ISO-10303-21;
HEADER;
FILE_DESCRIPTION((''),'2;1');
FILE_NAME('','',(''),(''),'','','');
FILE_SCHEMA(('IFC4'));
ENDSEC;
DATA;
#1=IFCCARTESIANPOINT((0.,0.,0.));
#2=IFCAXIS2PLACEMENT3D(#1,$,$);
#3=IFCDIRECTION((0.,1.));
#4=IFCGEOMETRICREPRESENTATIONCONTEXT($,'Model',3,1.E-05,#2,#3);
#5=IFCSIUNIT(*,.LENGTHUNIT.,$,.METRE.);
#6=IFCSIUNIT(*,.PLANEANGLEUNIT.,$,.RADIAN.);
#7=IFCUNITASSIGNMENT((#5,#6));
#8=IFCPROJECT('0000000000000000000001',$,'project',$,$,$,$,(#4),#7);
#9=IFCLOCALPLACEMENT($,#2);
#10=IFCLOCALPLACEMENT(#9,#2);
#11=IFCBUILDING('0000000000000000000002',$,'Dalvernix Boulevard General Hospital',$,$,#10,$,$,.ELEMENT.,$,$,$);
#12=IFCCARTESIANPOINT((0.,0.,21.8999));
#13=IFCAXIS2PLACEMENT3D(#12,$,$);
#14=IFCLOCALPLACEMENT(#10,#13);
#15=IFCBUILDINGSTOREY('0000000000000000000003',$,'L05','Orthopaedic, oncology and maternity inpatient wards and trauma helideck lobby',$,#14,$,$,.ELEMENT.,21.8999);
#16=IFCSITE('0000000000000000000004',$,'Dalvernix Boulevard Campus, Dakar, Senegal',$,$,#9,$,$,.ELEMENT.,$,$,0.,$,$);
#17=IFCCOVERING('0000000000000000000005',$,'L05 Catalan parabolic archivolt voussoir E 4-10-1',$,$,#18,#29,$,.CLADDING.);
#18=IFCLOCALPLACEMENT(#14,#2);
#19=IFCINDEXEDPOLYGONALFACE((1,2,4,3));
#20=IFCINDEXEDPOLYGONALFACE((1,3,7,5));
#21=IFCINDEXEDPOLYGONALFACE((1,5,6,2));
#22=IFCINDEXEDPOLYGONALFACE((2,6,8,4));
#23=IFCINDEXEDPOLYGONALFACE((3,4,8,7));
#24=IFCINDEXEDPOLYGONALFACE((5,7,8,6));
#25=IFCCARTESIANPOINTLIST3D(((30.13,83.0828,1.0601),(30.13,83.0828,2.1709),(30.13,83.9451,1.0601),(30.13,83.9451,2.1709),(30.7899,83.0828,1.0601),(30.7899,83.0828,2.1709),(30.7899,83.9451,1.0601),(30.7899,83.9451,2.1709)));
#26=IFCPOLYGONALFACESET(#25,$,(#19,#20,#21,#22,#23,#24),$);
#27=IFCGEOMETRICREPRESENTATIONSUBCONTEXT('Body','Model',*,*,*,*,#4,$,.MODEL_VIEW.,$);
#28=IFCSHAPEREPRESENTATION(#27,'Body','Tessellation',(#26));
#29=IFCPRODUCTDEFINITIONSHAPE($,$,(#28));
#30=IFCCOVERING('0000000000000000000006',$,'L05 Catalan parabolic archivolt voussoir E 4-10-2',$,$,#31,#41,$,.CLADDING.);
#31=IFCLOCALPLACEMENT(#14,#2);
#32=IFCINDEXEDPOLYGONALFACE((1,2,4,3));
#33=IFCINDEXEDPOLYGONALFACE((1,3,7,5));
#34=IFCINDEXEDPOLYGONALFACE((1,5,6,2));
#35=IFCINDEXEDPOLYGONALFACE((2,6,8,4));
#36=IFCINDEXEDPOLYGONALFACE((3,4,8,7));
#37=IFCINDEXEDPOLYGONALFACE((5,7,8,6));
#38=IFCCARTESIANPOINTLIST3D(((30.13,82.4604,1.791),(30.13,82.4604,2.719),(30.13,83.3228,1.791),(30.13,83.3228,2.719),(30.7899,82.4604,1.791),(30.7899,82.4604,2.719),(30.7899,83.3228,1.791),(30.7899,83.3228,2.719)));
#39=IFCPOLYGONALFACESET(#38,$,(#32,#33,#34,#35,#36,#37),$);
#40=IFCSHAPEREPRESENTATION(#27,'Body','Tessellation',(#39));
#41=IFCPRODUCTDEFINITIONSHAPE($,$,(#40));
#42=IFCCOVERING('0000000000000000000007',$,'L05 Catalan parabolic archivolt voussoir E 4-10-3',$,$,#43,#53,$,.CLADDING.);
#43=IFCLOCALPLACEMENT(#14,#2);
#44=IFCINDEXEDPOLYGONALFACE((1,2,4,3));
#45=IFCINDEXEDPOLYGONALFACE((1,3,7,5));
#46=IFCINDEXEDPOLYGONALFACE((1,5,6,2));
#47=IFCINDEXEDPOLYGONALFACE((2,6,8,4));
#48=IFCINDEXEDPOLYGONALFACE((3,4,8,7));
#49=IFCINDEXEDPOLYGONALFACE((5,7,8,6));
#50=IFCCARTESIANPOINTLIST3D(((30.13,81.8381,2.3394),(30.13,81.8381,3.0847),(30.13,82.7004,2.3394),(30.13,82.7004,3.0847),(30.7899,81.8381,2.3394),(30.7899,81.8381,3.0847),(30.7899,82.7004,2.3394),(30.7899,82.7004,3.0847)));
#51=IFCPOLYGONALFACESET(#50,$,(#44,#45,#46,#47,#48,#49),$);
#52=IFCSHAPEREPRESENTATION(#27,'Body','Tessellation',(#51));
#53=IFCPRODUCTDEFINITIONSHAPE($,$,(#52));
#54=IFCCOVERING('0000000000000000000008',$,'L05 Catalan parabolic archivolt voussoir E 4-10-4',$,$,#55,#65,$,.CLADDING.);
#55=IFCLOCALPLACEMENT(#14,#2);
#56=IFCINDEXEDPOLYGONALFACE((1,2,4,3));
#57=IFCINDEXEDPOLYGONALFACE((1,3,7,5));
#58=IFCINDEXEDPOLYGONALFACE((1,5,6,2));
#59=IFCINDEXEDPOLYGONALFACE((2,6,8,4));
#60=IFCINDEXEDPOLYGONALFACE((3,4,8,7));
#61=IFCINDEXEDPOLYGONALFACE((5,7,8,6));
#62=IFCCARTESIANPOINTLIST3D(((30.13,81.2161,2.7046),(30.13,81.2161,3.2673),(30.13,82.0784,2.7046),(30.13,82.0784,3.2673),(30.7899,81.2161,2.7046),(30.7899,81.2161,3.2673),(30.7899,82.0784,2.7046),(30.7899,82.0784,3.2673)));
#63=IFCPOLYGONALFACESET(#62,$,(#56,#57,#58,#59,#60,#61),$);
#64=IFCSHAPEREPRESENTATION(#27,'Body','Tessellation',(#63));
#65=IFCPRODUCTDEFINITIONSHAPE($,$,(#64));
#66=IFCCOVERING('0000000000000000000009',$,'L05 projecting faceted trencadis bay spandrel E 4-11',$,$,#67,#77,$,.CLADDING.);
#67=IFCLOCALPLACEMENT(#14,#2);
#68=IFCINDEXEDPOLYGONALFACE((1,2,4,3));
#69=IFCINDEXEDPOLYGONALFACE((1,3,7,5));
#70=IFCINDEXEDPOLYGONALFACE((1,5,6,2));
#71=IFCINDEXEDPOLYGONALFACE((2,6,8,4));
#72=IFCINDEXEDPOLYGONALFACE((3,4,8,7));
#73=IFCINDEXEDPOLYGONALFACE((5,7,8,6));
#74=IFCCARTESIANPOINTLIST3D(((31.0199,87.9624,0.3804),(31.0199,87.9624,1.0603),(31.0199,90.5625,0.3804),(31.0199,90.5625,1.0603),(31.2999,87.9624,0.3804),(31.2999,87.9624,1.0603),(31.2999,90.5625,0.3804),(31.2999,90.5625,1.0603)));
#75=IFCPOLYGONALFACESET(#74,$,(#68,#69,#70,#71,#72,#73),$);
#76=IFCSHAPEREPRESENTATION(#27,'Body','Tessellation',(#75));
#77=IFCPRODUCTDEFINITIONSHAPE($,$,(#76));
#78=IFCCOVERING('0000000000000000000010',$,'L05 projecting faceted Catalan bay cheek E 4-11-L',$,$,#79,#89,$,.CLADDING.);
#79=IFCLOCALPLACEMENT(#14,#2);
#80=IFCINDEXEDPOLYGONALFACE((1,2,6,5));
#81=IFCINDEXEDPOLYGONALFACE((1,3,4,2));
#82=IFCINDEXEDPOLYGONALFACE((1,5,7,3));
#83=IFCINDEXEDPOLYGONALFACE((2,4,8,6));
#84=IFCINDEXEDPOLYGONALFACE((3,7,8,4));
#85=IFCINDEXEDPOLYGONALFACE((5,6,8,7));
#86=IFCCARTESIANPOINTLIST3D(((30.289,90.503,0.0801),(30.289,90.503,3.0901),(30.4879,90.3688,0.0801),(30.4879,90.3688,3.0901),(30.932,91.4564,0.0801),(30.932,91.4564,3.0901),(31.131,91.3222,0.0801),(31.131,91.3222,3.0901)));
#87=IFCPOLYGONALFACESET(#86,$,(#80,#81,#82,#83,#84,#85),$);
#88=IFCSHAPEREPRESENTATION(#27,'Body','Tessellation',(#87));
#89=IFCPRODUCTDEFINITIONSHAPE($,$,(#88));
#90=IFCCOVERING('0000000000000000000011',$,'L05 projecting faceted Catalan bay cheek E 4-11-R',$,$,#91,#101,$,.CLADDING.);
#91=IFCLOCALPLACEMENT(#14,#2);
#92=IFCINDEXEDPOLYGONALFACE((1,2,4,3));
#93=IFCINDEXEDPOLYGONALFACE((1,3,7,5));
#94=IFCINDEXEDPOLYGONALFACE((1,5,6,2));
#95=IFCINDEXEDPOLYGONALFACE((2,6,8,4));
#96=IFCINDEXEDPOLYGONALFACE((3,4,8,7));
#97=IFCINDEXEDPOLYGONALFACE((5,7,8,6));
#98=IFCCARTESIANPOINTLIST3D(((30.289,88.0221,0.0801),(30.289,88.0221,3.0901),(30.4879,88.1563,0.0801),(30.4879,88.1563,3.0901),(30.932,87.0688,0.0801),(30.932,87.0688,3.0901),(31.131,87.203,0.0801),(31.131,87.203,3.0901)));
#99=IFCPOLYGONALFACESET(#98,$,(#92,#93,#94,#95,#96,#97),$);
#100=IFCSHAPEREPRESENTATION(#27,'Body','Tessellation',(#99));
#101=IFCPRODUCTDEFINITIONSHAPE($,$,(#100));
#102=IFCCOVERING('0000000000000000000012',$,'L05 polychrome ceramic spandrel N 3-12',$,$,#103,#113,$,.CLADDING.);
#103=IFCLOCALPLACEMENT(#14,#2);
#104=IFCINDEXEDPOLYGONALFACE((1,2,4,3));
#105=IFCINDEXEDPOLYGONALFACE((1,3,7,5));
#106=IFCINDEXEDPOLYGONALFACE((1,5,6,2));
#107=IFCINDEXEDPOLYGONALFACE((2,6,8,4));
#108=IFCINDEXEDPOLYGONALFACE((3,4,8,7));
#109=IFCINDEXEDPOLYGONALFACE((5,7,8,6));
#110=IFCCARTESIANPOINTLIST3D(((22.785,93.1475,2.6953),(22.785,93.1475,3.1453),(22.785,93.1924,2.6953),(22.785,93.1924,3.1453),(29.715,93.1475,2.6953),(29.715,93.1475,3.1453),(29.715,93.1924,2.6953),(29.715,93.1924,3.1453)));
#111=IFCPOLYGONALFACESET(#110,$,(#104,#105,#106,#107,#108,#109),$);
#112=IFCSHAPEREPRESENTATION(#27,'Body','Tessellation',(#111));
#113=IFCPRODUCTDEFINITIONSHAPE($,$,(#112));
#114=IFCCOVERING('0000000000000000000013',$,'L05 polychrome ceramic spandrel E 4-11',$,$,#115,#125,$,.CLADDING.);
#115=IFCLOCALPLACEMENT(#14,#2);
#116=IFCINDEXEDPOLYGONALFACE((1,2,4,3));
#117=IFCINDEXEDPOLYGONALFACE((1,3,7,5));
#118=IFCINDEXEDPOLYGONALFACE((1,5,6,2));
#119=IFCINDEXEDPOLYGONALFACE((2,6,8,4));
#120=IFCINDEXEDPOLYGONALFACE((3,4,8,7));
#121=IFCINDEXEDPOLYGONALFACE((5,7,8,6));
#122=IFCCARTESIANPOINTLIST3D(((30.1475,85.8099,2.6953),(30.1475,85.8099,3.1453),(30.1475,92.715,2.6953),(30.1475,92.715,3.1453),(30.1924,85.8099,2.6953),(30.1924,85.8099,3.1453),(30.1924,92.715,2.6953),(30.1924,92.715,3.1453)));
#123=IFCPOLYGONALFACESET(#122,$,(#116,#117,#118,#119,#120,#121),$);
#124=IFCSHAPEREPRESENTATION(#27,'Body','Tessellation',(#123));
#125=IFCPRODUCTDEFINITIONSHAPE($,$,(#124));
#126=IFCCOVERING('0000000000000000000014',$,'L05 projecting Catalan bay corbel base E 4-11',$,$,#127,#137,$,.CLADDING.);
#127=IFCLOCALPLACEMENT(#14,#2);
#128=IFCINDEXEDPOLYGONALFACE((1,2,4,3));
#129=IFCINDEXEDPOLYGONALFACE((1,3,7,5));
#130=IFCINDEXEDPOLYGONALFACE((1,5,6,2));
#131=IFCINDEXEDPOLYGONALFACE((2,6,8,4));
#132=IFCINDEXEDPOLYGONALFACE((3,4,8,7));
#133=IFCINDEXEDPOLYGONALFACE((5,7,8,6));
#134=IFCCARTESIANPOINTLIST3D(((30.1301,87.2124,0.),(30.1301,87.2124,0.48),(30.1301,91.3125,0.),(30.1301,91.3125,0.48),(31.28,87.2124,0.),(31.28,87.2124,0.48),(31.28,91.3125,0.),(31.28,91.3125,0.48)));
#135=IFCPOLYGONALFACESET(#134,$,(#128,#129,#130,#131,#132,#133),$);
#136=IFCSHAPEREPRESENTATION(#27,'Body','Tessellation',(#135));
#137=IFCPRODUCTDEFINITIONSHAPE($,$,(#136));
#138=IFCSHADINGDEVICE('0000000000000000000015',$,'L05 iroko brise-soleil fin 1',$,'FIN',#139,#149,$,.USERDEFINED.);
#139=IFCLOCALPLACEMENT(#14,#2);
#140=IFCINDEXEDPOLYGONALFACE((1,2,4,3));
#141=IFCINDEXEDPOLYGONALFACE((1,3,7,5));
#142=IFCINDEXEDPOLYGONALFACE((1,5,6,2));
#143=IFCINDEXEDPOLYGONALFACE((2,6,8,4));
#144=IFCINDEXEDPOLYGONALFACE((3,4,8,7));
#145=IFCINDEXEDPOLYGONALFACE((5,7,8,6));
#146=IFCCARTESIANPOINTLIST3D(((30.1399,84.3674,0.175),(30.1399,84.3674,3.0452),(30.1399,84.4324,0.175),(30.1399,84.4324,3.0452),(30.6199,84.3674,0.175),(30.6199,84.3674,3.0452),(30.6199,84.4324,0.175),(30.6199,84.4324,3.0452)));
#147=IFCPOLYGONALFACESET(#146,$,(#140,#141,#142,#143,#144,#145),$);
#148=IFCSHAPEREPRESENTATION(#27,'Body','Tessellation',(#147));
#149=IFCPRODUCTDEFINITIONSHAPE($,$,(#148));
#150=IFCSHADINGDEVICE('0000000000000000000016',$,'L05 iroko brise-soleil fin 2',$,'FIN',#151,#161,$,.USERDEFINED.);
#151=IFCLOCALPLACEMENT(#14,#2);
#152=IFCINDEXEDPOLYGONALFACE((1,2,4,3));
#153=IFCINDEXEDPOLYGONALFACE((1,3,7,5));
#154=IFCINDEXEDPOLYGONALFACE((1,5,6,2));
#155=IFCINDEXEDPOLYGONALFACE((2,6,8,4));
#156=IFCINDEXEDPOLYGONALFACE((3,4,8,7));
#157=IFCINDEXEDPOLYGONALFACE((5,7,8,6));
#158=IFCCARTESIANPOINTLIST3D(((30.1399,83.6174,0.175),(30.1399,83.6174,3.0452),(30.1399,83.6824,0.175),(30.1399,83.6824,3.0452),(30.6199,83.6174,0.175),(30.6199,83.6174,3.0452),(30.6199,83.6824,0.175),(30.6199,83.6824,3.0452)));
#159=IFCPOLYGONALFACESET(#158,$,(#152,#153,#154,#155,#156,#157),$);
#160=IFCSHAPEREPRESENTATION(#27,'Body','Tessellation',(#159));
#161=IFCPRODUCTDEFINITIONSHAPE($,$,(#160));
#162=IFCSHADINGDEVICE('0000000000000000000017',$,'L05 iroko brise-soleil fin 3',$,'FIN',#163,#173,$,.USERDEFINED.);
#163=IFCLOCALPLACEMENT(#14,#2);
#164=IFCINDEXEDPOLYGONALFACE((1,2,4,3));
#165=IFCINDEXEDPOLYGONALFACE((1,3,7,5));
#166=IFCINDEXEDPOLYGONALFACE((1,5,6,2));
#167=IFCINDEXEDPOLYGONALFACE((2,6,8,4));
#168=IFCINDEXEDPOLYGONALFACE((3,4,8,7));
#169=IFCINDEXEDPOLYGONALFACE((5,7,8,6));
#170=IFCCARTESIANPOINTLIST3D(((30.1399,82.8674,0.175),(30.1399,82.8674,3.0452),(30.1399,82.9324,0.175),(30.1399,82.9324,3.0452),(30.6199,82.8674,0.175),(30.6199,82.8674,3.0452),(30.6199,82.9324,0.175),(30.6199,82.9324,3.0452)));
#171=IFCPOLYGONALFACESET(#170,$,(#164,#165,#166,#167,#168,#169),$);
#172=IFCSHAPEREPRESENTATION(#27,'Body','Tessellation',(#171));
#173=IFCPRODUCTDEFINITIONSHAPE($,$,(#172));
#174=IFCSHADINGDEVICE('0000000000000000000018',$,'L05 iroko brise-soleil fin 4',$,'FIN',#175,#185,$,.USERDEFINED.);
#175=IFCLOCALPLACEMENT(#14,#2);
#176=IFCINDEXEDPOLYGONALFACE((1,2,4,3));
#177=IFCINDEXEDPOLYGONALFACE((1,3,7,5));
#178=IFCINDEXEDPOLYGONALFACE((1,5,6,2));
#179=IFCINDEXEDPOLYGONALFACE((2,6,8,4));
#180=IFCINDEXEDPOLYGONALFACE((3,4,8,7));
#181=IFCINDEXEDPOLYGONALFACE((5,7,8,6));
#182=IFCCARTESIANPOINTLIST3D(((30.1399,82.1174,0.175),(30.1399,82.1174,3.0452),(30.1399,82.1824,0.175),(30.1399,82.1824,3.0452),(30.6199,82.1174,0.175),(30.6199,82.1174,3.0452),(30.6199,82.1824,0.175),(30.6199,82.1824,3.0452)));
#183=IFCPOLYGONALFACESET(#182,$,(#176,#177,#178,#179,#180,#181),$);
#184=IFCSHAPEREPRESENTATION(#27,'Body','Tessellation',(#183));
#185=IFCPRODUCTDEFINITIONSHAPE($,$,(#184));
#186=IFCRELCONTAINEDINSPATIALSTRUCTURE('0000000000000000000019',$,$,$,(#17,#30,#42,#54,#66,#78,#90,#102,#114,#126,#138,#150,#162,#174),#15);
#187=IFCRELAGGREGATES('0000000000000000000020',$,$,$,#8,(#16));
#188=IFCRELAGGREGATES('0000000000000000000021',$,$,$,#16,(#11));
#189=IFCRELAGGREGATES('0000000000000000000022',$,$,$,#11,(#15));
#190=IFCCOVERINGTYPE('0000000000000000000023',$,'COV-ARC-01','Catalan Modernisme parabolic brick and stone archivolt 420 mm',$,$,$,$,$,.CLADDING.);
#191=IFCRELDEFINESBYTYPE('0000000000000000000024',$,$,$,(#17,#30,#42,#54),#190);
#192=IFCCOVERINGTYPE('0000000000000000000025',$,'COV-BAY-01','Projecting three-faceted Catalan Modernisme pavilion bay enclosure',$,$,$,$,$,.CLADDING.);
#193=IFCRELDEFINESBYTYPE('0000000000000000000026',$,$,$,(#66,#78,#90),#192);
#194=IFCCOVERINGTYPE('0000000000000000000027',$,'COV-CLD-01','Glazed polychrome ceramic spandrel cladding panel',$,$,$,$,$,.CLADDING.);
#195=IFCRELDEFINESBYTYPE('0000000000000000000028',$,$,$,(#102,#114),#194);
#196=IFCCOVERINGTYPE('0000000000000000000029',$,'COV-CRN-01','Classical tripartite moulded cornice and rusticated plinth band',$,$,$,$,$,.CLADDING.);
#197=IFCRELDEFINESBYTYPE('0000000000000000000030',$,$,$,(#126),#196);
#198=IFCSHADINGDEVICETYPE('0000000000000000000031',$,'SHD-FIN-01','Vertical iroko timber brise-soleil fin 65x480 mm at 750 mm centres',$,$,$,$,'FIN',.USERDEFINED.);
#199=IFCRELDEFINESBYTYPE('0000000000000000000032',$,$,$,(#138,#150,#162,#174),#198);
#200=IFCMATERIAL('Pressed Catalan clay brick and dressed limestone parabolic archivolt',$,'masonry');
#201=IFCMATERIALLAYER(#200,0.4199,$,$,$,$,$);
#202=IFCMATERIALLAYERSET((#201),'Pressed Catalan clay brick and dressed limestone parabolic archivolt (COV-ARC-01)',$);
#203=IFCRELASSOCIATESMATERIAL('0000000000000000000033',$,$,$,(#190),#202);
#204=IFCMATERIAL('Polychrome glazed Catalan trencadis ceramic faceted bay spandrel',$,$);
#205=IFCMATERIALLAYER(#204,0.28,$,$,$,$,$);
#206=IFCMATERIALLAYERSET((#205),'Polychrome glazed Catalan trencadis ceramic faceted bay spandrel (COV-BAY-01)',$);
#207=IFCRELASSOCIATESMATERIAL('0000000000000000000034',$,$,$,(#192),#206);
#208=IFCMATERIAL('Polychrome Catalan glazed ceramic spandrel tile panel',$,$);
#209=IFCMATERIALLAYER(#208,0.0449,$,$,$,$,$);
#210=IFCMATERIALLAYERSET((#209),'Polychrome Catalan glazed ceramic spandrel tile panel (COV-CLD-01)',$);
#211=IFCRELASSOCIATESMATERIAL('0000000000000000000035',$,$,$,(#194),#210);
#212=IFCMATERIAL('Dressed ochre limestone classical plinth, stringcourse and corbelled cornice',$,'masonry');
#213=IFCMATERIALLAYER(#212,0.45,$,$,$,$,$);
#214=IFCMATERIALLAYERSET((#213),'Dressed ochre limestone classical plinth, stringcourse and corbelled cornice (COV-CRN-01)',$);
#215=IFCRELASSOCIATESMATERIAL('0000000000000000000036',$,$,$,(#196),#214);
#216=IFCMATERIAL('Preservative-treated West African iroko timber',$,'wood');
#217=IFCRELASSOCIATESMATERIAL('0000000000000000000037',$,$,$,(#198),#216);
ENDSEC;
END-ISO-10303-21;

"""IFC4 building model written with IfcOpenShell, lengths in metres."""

from ifc_helpers import new_model, si_unit, direction, frame, origin, origin_2d, place, context, subcontext, project, spatial, rectangle, extrude, material, layer, layer_set, type_object, element, save


model = new_model("IFC4")

# Units and contexts
model_context = context("Model", 3, precision=1e-05, world=origin(), true_north=direction((0.0, 1.0)))
body_context = subcontext(model_context, "Body", "Model", "MODEL_VIEW")
ifc_project = project(units=[si_unit("LENGTHUNIT", "METRE"), si_unit("PLANEANGLEUNIT", "RADIAN")], contexts=[model_context])

# Site, building, storey
site_placement = place(None, origin())
site = spatial("IfcSite", under=ifc_project, at=site_placement, Name="Dalvernix Boulevard Campus, Dakar, Senegal", CompositionType="ELEMENT", RefElevation=0.0)
building_placement = place(site_placement, origin())
building = spatial("IfcBuilding", under=site, at=building_placement, Name="Dalvernix Boulevard General Hospital", CompositionType="ELEMENT")
storey_placement = place(building_placement, frame((0.0, 0.0, 21.8999)))
storey = spatial("IfcBuildingStorey", under=building, at=storey_placement, Name="L05", Description="Orthopaedic, oncology and maternity inpatient wards and trauma helideck lobby", CompositionType="ELEMENT", Elevation=21.8999)

# Coverings
ifc_material_1 = material(Name="Pressed Catalan clay brick and dressed limestone parabolic archivolt", Category="masonry")
ifc_layer_1 = layer(ifc_material_1, 0.4199)
ifc_layer_set_1 = layer_set([ifc_layer_1], Name="Pressed Catalan clay brick and dressed limestone parabolic archivolt (COV-ARC-01)")
covering_type_1 = type_object("IfcCoveringType", Name="COV-ARC-01", Description="Catalan Modernisme parabolic brick and stone archivolt 420 mm", PredefinedType="CLADDING", material=ifc_layer_set_1)
covering_1_placement = place(storey_placement, frame((30.46, 83.5139, 1.0601), z_axis=(0.0, 0.0, 1.0), x_axis=(0.0, -1.0, 0.0)))
element("IfcCovering", 1, at=covering_1_placement, inside=storey, type_object=covering_type_1, Name="L05 Catalan parabolic archivolt voussoir E 4-10-1", PredefinedType="CLADDING", context=body_context, shape_type="SweptSolid", body=[
    extrude(rectangle(XDim=0.8623, YDim=0.6599, at=origin_2d()), origin(), (0.0, 0.0, 1.0), 1.1108),
])
covering_2_placement = place(storey_placement, frame((30.46, 82.8916, 1.791), z_axis=(0.0, 0.0, 1.0), x_axis=(0.0, -1.0, 0.0)))
element("IfcCovering", 2, at=covering_2_placement, inside=storey, type_object=covering_type_1, Name="L05 Catalan parabolic archivolt voussoir E 4-10-2", PredefinedType="CLADDING", context=body_context, shape_type="SweptSolid", body=[
    extrude(rectangle(XDim=0.8623, YDim=0.6599, at=origin_2d()), origin(), (0.0, 0.0, 1.0), 0.928),
])
covering_3_placement = place(storey_placement, frame((30.46, 82.2693, 2.3394), z_axis=(0.0, 0.0, 1.0), x_axis=(0.0, -1.0, 0.0)))
element("IfcCovering", 3, at=covering_3_placement, inside=storey, type_object=covering_type_1, Name="L05 Catalan parabolic archivolt voussoir E 4-10-3", PredefinedType="CLADDING", context=body_context, shape_type="SweptSolid", body=[
    extrude(rectangle(XDim=0.8623, YDim=0.6599, at=origin_2d()), origin(), (0.0, 0.0, 1.0), 0.7454),
])
covering_4_placement = place(storey_placement, frame((30.46, 81.6472, 2.7046), z_axis=(0.0, 0.0, 1.0), x_axis=(0.0, -1.0, 0.0)))
element("IfcCovering", 4, at=covering_4_placement, inside=storey, type_object=covering_type_1, Name="L05 Catalan parabolic archivolt voussoir E 4-10-4", PredefinedType="CLADDING", context=body_context, shape_type="SweptSolid", body=[
    extrude(rectangle(XDim=0.8623, YDim=0.6599, at=origin_2d()), origin(), (0.0, 0.0, 1.0), 0.5627),
])
ifc_material_2 = material(Name="Polychrome glazed Catalan trencadis ceramic faceted bay spandrel")
ifc_layer_2 = layer(ifc_material_2, 0.28)
ifc_layer_set_2 = layer_set([ifc_layer_2], Name="Polychrome glazed Catalan trencadis ceramic faceted bay spandrel (COV-BAY-01)")
covering_type_2 = type_object("IfcCoveringType", Name="COV-BAY-01", Description="Projecting three-faceted Catalan Modernisme pavilion bay enclosure", PredefinedType="CLADDING", material=ifc_layer_set_2)
covering_5_placement = place(storey_placement, frame((31.1599, 89.2625, 0.3804), z_axis=(0.0, 0.0, 1.0), x_axis=(0.0, -1.0, 0.0)))
element("IfcCovering", 5, at=covering_5_placement, inside=storey, type_object=covering_type_2, Name="L05 projecting faceted trencadis bay spandrel E 4-11", PredefinedType="CLADDING", context=body_context, shape_type="SweptSolid", body=[
    extrude(rectangle(XDim=2.6001, YDim=0.28, at=origin_2d()), origin(), (0.0, 0.0, 1.0), 0.6799),
])
for number, where, z_axis, x_axis, name in (
    (6, (30.71, 90.9126, 0.0801), (0.0, 0.0, 1.0), (-0.559193, -0.829038, 0.0), "L05 projecting faceted Catalan bay cheek E 4-11-L"),
    (7, (30.71, 87.6125, 0.0801), (0.0, 0.0, 1.0), (0.559193, -0.829038, 0.0), "L05 projecting faceted Catalan bay cheek E 4-11-R"),
):
    element("IfcCovering", number, at=place(storey_placement, frame(where, z_axis=z_axis, x_axis=x_axis)), inside=storey, type_object=covering_type_2, Name=name, PredefinedType="CLADDING", context=body_context, shape_type="SweptSolid", body=[
        extrude(rectangle(XDim=1.1499, YDim=0.24, at=origin_2d()), origin(), (0.0, 0.0, 1.0), 3.01),
    ])
ifc_material_3 = material(Name="Polychrome Catalan glazed ceramic spandrel tile panel")
ifc_layer_3 = layer(ifc_material_3, 0.0449)
ifc_layer_set_3 = layer_set([ifc_layer_3], Name="Polychrome Catalan glazed ceramic spandrel tile panel (COV-CLD-01)")
covering_type_3 = type_object("IfcCoveringType", Name="COV-CLD-01", Description="Glazed polychrome ceramic spandrel cladding panel", PredefinedType="CLADDING", material=ifc_layer_set_3)
covering_6_placement = place(storey_placement, frame((26.25, 93.1699, 2.6953), z_axis=(0.0, 0.0, 1.0), x_axis=(1.0, 0.0, 0.0)))
element("IfcCovering", 8, at=covering_6_placement, inside=storey, type_object=covering_type_3, Name="L05 polychrome ceramic spandrel N 3-12", PredefinedType="CLADDING", context=body_context, shape_type="SweptSolid", body=[
    extrude(rectangle(XDim=6.9299, YDim=0.0449, at=origin_2d()), origin(), (0.0, 0.0, 1.0), 0.45),
])
covering_7_placement = place(storey_placement, frame((30.1699, 89.2625, 2.6953), z_axis=(0.0, 0.0, 1.0), x_axis=(0.0, -1.0, 0.0)))
element("IfcCovering", 9, at=covering_7_placement, inside=storey, type_object=covering_type_3, Name="L05 polychrome ceramic spandrel E 4-11", PredefinedType="CLADDING", context=body_context, shape_type="SweptSolid", body=[
    extrude(rectangle(XDim=6.905, YDim=0.0449, at=origin_2d()), origin(), (0.0, 0.0, 1.0), 0.45),
])
ifc_material_4 = material(Name="Dressed ochre limestone classical plinth, stringcourse and corbelled cornice", Category="masonry")
ifc_layer_4 = layer(ifc_material_4, 0.45)
ifc_layer_set_4 = layer_set([ifc_layer_4], Name="Dressed ochre limestone classical plinth, stringcourse and corbelled cornice (COV-CRN-01)")
covering_type_4 = type_object("IfcCoveringType", Name="COV-CRN-01", Description="Classical tripartite moulded cornice and rusticated plinth band", PredefinedType="CLADDING", material=ifc_layer_set_4)
covering_8_placement = place(storey_placement, frame((30.7051, 89.2625, 0.0), z_axis=(0.0, 0.0, 1.0), x_axis=(0.0, -1.0, 0.0)))
element("IfcCovering", 10, at=covering_8_placement, inside=storey, type_object=covering_type_4, Name="L05 projecting Catalan bay corbel base E 4-11", PredefinedType="CLADDING", context=body_context, shape_type="SweptSolid", body=[
    extrude(rectangle(XDim=4.1001, YDim=1.1499, at=origin_2d()), origin(), (0.0, 0.0, 1.0), 0.48),
])

# Shading devices
ifc_material_5 = material(Name="Preservative-treated West African iroko timber", Category="wood")
shading_device_type = type_object("IfcShadingDeviceType", Name="SHD-FIN-01", Description="Vertical iroko timber brise-soleil fin 65x480 mm at 750 mm centres", ElementType="FIN", PredefinedType="USERDEFINED", material=ifc_material_5)
for number, where, z_axis, x_axis, name in (
    (11, (30.3799, 84.3999, 0.175), (0.0, 0.0, 1.0), (0.0, -1.0, 0.0), "L05 iroko brise-soleil fin 1"),
    (12, (30.3799, 83.6499, 0.175), (0.0, 0.0, 1.0), (0.0, -1.0, 0.0), "L05 iroko brise-soleil fin 2"),
    (13, (30.3799, 82.8999, 0.175), (0.0, 0.0, 1.0), (0.0, -1.0, 0.0), "L05 iroko brise-soleil fin 3"),
    (14, (30.3799, 82.1499, 0.175), (0.0, 0.0, 1.0), (0.0, -1.0, 0.0), "L05 iroko brise-soleil fin 4"),
):
    element("IfcShadingDevice", number, at=place(storey_placement, frame(where, z_axis=z_axis, x_axis=x_axis)), inside=storey, type_object=shading_device_type, Name=name, ObjectType="FIN", PredefinedType="USERDEFINED", context=body_context, shape_type="SweptSolid", body=[
        extrude(rectangle(XDim=0.0649, YDim=0.48, at=origin_2d()), origin(), (0.0, 0.0, 1.0), 2.8701),
    ])

save(model, "model.ifc")
